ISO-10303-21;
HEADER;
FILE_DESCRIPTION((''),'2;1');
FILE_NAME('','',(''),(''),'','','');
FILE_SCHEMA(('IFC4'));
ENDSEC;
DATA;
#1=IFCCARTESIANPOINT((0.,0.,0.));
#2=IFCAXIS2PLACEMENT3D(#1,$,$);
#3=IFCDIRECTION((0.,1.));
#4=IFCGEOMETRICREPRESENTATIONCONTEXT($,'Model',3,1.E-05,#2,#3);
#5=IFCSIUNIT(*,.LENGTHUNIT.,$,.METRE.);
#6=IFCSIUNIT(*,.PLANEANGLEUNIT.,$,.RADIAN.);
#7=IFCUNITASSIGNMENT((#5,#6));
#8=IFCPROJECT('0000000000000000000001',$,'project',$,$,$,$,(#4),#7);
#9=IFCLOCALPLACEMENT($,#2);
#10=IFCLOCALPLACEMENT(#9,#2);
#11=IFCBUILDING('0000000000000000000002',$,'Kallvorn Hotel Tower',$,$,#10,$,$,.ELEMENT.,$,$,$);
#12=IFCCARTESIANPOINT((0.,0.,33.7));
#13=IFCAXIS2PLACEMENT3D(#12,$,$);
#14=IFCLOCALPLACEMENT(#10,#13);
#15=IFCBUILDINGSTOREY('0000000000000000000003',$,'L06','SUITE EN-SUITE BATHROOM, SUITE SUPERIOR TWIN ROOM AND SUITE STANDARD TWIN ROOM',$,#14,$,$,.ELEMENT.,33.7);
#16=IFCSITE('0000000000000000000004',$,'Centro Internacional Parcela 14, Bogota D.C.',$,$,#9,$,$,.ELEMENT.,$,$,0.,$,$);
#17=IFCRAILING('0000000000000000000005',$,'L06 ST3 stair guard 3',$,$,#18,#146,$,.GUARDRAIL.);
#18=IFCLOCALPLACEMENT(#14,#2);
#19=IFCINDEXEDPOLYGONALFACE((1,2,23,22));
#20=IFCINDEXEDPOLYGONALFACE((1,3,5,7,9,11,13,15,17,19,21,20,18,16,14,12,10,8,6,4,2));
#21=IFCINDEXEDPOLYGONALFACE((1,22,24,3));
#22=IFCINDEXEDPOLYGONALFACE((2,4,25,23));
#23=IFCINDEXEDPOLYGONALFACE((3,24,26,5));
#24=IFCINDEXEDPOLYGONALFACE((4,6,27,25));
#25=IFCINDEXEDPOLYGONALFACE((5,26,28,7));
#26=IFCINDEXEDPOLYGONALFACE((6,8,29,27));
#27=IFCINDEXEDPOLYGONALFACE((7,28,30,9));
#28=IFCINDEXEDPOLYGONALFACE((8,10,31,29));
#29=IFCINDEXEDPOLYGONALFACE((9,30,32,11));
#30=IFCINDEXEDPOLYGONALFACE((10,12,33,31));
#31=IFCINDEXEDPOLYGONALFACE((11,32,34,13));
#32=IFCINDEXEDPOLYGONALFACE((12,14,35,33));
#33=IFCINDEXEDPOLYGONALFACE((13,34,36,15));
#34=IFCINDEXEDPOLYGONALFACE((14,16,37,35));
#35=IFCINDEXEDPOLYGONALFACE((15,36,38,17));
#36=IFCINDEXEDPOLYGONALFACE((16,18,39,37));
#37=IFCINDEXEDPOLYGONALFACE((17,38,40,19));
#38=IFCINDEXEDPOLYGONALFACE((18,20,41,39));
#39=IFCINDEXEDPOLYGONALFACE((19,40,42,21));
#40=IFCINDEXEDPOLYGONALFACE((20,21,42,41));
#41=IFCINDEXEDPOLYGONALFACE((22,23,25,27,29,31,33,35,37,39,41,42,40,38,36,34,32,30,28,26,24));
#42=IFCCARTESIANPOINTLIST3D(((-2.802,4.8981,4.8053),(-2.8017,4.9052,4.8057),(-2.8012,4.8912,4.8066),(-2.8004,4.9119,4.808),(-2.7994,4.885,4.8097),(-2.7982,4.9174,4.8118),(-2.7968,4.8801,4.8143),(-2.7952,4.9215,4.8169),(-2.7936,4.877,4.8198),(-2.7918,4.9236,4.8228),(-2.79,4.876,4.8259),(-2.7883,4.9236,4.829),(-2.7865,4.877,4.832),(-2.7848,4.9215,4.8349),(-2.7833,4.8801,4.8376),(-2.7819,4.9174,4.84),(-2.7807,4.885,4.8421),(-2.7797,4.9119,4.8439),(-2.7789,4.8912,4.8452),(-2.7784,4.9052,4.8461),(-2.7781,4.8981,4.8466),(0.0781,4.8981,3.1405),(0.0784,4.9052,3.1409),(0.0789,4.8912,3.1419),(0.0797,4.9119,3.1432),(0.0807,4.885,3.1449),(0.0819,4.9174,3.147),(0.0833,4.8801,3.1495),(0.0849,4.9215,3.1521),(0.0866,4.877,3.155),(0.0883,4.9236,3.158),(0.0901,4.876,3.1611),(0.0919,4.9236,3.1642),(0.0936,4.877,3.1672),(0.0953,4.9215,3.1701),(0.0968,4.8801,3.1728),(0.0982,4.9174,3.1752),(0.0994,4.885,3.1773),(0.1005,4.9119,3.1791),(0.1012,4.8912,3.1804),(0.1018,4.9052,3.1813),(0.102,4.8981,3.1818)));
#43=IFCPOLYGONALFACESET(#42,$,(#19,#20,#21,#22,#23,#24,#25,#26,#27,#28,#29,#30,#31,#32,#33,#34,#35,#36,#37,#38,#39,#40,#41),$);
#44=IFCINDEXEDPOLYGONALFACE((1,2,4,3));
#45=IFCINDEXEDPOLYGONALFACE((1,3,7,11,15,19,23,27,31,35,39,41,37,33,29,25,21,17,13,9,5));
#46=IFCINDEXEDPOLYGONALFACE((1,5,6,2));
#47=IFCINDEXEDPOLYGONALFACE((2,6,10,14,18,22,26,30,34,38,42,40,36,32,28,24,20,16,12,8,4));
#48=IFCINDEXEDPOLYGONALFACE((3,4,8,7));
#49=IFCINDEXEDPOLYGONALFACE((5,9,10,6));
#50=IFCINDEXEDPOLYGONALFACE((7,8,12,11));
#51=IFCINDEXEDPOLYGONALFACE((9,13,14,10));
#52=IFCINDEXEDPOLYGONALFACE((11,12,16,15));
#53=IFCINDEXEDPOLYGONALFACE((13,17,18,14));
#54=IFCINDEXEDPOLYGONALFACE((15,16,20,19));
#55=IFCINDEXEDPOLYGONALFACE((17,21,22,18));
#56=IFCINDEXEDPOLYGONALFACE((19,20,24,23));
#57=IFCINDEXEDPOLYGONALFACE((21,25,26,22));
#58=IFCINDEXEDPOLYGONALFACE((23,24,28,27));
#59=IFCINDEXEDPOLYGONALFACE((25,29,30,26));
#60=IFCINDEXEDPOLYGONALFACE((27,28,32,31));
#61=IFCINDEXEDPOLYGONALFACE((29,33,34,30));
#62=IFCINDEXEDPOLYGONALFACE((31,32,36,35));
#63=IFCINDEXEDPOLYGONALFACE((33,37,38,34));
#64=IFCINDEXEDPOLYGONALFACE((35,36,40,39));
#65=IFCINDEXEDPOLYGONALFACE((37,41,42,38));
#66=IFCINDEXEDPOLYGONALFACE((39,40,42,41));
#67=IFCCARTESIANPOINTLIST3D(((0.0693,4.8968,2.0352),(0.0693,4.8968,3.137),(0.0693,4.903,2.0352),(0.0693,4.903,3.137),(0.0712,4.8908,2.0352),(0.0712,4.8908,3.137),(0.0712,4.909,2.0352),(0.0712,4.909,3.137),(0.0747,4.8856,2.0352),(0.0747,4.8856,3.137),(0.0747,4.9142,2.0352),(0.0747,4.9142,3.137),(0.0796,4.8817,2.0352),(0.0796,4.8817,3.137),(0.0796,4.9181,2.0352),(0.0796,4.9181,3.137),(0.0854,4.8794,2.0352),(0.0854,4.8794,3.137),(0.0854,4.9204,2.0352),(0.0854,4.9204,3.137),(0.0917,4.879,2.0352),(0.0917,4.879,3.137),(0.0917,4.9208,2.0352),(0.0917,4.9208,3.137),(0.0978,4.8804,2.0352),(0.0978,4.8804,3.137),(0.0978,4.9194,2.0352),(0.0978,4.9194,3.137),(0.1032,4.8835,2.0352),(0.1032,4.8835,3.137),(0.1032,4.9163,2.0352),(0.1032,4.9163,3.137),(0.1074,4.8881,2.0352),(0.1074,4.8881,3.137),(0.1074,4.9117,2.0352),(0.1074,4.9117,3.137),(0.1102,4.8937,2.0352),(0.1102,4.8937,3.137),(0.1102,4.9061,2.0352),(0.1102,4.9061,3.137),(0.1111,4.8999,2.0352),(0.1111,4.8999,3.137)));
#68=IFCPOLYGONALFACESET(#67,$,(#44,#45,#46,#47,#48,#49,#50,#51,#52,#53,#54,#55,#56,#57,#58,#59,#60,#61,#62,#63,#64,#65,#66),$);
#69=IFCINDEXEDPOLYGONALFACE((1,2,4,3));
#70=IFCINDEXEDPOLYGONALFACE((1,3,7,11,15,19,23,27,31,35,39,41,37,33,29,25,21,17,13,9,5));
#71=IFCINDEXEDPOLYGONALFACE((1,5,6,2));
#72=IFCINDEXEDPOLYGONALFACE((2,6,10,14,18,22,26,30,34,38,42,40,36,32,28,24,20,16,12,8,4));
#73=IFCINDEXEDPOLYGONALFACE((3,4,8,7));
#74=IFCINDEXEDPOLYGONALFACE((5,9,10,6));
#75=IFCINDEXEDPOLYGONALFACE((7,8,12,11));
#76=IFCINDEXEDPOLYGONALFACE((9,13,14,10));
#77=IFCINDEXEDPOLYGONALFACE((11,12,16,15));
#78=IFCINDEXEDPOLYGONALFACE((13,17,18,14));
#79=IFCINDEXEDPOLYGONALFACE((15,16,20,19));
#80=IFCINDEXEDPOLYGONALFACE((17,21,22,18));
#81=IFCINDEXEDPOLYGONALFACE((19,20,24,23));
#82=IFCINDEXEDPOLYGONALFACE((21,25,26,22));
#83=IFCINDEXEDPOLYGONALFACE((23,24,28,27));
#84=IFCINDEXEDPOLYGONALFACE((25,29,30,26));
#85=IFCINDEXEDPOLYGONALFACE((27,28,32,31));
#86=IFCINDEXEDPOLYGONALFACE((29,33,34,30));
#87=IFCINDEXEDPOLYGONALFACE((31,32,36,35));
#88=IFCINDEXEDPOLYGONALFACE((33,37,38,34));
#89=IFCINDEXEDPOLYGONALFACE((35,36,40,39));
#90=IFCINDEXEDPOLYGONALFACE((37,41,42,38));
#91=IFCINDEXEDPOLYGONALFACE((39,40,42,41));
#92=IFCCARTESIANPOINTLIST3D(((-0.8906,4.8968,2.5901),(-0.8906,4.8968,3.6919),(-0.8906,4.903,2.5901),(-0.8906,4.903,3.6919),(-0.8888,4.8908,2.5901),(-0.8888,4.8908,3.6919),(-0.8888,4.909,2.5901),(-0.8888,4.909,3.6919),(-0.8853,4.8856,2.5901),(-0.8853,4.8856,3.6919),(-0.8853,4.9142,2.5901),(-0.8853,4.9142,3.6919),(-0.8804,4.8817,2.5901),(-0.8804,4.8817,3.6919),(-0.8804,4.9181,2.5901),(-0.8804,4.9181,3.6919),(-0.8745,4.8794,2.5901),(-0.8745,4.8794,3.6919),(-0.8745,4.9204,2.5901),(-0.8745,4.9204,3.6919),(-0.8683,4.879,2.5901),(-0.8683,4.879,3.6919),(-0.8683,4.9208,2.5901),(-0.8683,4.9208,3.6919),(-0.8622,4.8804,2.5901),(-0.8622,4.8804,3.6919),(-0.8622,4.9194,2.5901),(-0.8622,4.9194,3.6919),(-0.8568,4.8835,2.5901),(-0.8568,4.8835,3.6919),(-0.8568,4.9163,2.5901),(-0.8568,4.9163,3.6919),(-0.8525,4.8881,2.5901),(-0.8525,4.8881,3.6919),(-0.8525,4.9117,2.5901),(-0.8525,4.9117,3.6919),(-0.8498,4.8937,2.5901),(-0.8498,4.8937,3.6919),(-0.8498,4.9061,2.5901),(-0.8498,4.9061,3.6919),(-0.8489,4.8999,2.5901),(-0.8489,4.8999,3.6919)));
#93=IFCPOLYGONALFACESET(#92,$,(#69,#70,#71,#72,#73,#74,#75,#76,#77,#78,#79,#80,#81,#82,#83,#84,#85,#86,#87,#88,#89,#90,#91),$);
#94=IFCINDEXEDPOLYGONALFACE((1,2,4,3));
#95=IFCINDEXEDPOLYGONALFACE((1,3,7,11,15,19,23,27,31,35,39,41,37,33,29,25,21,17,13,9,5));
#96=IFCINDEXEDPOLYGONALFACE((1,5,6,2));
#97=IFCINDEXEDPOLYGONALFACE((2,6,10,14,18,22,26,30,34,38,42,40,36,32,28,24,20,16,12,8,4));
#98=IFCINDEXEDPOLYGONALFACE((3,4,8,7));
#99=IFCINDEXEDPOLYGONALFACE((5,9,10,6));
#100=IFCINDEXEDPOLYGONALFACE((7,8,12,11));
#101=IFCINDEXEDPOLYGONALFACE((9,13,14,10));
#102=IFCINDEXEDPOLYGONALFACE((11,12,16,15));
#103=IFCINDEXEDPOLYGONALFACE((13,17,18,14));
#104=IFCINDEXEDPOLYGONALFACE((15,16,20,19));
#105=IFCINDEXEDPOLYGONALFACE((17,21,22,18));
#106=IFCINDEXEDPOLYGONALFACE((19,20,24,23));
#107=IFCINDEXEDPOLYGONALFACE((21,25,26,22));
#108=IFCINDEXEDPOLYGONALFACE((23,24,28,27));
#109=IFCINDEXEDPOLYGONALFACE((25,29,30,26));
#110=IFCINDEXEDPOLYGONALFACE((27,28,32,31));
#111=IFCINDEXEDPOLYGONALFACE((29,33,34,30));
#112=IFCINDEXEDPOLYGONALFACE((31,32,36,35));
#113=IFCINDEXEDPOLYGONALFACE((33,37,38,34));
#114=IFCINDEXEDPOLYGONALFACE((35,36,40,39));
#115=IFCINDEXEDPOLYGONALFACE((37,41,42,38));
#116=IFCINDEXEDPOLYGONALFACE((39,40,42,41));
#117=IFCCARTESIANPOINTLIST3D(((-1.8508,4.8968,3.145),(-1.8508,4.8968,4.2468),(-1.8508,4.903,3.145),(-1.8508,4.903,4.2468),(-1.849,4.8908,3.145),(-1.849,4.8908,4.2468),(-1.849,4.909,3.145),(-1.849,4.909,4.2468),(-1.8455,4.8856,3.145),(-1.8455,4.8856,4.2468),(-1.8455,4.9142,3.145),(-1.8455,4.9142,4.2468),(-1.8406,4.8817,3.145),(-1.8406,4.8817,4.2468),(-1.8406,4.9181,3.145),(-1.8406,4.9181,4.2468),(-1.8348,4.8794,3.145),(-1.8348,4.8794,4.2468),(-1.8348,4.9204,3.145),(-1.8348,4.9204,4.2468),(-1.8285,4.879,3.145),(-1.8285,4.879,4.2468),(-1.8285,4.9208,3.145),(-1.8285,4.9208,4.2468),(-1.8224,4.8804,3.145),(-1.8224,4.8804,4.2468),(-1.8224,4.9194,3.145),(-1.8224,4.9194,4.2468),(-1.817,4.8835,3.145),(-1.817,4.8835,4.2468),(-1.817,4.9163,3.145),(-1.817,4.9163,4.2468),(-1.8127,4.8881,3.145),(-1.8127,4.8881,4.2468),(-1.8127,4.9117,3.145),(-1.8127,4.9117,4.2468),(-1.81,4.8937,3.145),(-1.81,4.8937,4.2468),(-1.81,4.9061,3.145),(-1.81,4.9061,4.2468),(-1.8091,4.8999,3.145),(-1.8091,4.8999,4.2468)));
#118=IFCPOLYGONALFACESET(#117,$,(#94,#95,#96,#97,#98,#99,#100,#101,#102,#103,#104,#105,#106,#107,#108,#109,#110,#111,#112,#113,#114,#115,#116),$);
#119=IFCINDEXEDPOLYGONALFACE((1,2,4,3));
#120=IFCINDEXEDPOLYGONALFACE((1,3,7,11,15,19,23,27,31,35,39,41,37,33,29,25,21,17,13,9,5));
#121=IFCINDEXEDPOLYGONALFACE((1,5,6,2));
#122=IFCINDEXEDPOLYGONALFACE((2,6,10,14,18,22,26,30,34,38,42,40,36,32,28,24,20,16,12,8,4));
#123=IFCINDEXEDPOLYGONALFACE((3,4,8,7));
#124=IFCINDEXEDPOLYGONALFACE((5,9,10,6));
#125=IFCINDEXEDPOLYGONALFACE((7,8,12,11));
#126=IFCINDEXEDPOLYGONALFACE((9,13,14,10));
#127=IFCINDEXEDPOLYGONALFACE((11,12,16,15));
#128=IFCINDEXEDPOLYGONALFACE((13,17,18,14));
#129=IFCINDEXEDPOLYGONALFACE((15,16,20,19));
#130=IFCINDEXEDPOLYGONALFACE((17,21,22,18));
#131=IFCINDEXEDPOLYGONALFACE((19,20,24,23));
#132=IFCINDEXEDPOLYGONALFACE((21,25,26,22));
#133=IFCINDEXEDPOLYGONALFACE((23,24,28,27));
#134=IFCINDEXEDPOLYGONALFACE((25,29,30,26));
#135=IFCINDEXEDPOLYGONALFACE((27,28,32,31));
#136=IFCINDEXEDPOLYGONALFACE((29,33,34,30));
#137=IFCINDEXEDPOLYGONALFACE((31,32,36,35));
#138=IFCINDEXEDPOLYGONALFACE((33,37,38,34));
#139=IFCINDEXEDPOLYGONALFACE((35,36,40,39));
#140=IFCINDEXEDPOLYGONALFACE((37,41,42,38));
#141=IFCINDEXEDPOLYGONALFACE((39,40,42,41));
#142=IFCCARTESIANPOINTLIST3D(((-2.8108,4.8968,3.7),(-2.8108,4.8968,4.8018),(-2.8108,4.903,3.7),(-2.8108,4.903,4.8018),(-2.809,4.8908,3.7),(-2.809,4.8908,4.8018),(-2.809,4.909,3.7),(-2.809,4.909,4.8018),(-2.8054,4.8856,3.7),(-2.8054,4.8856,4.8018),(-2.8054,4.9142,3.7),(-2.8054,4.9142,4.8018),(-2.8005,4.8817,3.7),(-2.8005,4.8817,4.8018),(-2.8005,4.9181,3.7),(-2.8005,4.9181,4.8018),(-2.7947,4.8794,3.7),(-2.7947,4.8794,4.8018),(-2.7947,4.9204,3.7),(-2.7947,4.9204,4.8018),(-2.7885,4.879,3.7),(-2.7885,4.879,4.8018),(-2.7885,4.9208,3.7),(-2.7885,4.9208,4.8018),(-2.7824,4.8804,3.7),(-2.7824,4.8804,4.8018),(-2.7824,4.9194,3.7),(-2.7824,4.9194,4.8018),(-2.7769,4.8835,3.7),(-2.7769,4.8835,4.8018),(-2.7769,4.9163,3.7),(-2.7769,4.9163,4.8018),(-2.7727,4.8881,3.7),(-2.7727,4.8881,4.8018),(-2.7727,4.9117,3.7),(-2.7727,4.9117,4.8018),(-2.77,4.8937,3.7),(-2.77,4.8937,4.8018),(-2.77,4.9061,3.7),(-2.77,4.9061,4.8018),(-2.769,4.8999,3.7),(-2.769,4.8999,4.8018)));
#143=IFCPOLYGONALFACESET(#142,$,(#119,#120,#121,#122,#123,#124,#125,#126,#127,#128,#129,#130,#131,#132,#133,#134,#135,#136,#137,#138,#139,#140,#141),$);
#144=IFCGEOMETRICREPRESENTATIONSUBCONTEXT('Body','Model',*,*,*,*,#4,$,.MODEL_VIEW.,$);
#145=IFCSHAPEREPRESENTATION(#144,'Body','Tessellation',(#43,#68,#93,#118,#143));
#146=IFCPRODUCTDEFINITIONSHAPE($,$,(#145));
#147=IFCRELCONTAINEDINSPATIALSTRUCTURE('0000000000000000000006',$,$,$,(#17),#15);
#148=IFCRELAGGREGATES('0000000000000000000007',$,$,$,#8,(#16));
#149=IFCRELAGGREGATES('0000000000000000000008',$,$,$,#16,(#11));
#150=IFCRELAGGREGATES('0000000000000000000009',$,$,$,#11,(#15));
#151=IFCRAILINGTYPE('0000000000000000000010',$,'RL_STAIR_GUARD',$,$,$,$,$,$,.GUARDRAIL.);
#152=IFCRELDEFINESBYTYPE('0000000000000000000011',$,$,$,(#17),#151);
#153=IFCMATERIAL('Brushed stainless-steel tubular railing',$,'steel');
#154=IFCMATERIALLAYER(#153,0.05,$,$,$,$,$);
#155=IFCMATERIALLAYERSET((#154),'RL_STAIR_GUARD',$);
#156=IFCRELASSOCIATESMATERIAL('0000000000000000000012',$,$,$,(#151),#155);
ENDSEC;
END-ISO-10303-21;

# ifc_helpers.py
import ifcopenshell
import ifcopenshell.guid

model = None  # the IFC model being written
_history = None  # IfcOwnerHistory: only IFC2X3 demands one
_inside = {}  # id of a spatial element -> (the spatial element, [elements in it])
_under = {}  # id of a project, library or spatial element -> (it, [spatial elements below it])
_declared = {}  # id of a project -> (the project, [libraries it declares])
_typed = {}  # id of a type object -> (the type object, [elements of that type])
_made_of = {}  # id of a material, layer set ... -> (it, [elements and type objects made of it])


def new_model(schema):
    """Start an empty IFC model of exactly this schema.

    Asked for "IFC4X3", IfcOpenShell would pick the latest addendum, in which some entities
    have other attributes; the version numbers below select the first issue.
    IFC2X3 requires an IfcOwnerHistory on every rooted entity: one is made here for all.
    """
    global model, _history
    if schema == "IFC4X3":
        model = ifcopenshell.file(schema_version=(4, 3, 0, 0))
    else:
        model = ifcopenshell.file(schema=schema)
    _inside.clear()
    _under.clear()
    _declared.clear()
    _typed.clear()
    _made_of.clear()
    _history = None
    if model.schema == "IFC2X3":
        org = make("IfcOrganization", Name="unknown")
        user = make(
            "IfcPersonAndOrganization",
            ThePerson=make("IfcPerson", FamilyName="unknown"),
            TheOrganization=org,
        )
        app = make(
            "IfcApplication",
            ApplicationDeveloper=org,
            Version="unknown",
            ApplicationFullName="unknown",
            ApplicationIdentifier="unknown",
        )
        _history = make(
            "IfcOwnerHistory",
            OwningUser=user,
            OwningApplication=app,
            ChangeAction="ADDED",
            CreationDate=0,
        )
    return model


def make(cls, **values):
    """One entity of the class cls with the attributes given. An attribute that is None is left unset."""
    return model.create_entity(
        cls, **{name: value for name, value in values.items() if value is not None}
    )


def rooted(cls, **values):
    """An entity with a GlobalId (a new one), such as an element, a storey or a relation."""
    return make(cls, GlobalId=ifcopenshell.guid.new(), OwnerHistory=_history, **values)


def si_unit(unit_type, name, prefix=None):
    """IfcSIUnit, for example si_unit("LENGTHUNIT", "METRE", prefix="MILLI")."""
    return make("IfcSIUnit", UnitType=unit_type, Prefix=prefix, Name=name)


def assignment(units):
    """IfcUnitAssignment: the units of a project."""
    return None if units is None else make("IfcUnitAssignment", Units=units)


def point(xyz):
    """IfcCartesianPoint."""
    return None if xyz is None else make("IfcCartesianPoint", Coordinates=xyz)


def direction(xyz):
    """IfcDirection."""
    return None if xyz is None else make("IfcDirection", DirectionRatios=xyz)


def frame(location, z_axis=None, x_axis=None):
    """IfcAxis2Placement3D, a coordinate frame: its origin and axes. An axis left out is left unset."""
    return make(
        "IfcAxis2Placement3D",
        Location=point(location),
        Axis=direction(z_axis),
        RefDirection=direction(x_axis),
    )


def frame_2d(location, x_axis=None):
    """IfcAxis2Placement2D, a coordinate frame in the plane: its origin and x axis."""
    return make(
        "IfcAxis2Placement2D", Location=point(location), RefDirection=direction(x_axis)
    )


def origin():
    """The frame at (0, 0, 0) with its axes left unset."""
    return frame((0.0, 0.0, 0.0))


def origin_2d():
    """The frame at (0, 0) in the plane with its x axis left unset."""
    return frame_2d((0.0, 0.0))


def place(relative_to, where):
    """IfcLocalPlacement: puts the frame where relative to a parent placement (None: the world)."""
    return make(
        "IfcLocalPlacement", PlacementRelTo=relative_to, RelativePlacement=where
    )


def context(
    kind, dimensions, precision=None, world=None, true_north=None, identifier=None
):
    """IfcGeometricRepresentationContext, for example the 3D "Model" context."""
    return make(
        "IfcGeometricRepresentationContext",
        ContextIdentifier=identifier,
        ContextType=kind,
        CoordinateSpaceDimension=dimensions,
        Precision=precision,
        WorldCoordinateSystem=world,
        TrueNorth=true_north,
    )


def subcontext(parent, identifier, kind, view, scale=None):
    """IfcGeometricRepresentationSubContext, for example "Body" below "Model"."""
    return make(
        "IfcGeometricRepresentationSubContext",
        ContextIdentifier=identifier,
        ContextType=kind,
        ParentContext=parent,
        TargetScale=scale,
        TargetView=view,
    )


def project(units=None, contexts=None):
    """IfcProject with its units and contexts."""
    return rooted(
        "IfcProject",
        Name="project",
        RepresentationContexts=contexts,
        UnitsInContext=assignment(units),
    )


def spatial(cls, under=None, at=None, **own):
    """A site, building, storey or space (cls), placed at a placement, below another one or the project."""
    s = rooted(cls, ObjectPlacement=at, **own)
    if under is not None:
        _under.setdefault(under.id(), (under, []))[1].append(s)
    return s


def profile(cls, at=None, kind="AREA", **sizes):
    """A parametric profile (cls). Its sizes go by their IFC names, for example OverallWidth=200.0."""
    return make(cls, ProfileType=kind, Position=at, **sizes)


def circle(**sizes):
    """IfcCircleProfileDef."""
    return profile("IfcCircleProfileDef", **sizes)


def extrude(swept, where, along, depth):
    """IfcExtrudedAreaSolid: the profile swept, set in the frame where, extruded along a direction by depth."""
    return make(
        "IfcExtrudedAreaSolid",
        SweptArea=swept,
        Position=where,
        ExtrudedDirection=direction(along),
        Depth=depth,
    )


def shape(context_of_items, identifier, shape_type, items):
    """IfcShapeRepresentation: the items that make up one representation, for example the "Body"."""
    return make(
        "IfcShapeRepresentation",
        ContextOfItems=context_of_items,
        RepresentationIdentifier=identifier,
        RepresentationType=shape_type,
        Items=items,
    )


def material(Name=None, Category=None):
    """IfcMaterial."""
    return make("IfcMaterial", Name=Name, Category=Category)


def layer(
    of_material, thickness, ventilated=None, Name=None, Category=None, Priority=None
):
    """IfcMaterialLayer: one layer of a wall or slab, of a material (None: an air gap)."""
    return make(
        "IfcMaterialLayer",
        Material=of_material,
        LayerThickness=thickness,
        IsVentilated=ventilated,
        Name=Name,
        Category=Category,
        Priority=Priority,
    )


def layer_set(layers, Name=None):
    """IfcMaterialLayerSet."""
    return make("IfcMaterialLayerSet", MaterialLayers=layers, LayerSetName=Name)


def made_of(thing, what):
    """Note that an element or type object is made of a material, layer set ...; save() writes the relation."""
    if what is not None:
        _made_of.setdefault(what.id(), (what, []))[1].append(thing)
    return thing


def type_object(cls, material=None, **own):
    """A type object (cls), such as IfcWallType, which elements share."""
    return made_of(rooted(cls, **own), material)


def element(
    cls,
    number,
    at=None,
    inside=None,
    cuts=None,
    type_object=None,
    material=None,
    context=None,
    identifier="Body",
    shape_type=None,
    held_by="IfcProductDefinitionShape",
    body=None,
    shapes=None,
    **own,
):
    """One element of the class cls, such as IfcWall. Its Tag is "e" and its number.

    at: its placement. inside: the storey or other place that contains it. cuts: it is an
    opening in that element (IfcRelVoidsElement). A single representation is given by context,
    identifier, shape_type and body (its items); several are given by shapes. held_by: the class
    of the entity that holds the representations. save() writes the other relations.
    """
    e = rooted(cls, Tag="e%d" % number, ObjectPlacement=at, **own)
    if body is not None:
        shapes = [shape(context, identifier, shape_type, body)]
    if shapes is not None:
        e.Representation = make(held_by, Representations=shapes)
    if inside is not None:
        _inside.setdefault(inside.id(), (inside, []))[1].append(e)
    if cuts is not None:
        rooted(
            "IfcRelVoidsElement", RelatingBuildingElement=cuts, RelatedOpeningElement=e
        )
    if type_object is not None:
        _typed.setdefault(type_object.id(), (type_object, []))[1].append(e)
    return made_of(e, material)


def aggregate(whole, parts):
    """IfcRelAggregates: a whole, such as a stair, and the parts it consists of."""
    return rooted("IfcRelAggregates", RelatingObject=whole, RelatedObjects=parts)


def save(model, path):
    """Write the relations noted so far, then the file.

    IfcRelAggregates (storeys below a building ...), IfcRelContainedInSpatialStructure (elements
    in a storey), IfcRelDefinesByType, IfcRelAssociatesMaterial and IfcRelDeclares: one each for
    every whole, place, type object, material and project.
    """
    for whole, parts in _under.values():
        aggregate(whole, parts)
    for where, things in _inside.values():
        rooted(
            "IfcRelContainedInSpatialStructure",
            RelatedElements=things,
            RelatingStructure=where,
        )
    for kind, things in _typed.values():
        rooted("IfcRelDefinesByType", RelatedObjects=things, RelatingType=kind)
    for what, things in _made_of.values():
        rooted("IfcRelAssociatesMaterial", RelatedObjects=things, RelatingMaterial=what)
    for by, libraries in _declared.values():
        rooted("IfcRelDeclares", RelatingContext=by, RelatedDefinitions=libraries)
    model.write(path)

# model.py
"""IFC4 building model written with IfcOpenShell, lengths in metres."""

from ifc_helpers import new_model, si_unit, direction, frame, origin, origin_2d, place, context, subcontext, project, spatial, circle, extrude, material, layer, layer_set, type_object, element, save


model = new_model("IFC4")

# Units and contexts
model_context = context("Model", 3, precision=1e-05, world=origin(), true_north=direction((0.0, 1.0)))
body_context = subcontext(model_context, "Body", "Model", "MODEL_VIEW")
ifc_project = project(units=[si_unit("LENGTHUNIT", "METRE"), si_unit("PLANEANGLEUNIT", "RADIAN")], contexts=[model_context])

# Site, building, storey
site_placement = place(None, origin())
site = spatial("IfcSite", under=ifc_project, at=site_placement, Name="Centro Internacional Parcela 14, Bogota D.C.", CompositionType="ELEMENT", RefElevation=0.0)
building_placement = place(site_placement, origin())
building = spatial("IfcBuilding", under=site, at=building_placement, Name="Kallvorn Hotel Tower", CompositionType="ELEMENT")
storey_placement = place(building_placement, frame((0.0, 0.0, 33.7)))
storey = spatial("IfcBuildingStorey", under=building, at=storey_placement, Name="L06", Description="SUITE EN-SUITE BATHROOM, SUITE SUPERIOR TWIN ROOM AND SUITE STANDARD TWIN ROOM", CompositionType="ELEMENT", Elevation=33.7)

# Railing
ifc_material_1 = material(Name="Brushed stainless-steel tubular railing", Category="steel")
ifc_layer_1 = layer(ifc_material_1, 0.05)
ifc_layer_set_1 = layer_set([ifc_layer_1], Name="RL_STAIR_GUARD")
railing_type_1 = type_object("IfcRailingType", Name="RL_STAIR_GUARD", PredefinedType="GUARDRAIL", material=ifc_layer_set_1)
railing_1_placement = place(storey_placement, frame((0.0901, 4.8999, 2.0352)))
element("IfcRailing", 1, at=railing_1_placement, inside=storey, type_object=railing_type_1, Name="L06 ST3 stair guard 3", PredefinedType="GUARDRAIL", context=body_context, shape_type="SweptSolid", body=[
    extrude(circle(Radius=0.0239, at=origin_2d()), frame((0.0, 0.0, 1.126), z_axis=(-0.865771, 0.0, 0.50044), x_axis=(0.0, -1.0, 0.0)), (0.0, 0.0, 1.0), 3.3267),
    extrude(circle(Radius=0.021, at=origin_2d()), origin(), (0.0, 0.0, 1.0), 1.1018),
    extrude(circle(Radius=0.021, at=origin_2d()), frame((-0.96, 0.0, 0.5549)), (0.0, 0.0, 1.0), 1.1018),
    extrude(circle(Radius=0.021, at=origin_2d()), frame((-1.9202, 0.0, 1.1099)), (0.0, 0.0, 1.0), 1.1018),
    extrude(circle(Radius=0.021, at=origin_2d()), frame((-2.8801, 0.0, 1.6648)), (0.0, 0.0, 1.0), 1.1018),
])

save(model, "model.ifc")
